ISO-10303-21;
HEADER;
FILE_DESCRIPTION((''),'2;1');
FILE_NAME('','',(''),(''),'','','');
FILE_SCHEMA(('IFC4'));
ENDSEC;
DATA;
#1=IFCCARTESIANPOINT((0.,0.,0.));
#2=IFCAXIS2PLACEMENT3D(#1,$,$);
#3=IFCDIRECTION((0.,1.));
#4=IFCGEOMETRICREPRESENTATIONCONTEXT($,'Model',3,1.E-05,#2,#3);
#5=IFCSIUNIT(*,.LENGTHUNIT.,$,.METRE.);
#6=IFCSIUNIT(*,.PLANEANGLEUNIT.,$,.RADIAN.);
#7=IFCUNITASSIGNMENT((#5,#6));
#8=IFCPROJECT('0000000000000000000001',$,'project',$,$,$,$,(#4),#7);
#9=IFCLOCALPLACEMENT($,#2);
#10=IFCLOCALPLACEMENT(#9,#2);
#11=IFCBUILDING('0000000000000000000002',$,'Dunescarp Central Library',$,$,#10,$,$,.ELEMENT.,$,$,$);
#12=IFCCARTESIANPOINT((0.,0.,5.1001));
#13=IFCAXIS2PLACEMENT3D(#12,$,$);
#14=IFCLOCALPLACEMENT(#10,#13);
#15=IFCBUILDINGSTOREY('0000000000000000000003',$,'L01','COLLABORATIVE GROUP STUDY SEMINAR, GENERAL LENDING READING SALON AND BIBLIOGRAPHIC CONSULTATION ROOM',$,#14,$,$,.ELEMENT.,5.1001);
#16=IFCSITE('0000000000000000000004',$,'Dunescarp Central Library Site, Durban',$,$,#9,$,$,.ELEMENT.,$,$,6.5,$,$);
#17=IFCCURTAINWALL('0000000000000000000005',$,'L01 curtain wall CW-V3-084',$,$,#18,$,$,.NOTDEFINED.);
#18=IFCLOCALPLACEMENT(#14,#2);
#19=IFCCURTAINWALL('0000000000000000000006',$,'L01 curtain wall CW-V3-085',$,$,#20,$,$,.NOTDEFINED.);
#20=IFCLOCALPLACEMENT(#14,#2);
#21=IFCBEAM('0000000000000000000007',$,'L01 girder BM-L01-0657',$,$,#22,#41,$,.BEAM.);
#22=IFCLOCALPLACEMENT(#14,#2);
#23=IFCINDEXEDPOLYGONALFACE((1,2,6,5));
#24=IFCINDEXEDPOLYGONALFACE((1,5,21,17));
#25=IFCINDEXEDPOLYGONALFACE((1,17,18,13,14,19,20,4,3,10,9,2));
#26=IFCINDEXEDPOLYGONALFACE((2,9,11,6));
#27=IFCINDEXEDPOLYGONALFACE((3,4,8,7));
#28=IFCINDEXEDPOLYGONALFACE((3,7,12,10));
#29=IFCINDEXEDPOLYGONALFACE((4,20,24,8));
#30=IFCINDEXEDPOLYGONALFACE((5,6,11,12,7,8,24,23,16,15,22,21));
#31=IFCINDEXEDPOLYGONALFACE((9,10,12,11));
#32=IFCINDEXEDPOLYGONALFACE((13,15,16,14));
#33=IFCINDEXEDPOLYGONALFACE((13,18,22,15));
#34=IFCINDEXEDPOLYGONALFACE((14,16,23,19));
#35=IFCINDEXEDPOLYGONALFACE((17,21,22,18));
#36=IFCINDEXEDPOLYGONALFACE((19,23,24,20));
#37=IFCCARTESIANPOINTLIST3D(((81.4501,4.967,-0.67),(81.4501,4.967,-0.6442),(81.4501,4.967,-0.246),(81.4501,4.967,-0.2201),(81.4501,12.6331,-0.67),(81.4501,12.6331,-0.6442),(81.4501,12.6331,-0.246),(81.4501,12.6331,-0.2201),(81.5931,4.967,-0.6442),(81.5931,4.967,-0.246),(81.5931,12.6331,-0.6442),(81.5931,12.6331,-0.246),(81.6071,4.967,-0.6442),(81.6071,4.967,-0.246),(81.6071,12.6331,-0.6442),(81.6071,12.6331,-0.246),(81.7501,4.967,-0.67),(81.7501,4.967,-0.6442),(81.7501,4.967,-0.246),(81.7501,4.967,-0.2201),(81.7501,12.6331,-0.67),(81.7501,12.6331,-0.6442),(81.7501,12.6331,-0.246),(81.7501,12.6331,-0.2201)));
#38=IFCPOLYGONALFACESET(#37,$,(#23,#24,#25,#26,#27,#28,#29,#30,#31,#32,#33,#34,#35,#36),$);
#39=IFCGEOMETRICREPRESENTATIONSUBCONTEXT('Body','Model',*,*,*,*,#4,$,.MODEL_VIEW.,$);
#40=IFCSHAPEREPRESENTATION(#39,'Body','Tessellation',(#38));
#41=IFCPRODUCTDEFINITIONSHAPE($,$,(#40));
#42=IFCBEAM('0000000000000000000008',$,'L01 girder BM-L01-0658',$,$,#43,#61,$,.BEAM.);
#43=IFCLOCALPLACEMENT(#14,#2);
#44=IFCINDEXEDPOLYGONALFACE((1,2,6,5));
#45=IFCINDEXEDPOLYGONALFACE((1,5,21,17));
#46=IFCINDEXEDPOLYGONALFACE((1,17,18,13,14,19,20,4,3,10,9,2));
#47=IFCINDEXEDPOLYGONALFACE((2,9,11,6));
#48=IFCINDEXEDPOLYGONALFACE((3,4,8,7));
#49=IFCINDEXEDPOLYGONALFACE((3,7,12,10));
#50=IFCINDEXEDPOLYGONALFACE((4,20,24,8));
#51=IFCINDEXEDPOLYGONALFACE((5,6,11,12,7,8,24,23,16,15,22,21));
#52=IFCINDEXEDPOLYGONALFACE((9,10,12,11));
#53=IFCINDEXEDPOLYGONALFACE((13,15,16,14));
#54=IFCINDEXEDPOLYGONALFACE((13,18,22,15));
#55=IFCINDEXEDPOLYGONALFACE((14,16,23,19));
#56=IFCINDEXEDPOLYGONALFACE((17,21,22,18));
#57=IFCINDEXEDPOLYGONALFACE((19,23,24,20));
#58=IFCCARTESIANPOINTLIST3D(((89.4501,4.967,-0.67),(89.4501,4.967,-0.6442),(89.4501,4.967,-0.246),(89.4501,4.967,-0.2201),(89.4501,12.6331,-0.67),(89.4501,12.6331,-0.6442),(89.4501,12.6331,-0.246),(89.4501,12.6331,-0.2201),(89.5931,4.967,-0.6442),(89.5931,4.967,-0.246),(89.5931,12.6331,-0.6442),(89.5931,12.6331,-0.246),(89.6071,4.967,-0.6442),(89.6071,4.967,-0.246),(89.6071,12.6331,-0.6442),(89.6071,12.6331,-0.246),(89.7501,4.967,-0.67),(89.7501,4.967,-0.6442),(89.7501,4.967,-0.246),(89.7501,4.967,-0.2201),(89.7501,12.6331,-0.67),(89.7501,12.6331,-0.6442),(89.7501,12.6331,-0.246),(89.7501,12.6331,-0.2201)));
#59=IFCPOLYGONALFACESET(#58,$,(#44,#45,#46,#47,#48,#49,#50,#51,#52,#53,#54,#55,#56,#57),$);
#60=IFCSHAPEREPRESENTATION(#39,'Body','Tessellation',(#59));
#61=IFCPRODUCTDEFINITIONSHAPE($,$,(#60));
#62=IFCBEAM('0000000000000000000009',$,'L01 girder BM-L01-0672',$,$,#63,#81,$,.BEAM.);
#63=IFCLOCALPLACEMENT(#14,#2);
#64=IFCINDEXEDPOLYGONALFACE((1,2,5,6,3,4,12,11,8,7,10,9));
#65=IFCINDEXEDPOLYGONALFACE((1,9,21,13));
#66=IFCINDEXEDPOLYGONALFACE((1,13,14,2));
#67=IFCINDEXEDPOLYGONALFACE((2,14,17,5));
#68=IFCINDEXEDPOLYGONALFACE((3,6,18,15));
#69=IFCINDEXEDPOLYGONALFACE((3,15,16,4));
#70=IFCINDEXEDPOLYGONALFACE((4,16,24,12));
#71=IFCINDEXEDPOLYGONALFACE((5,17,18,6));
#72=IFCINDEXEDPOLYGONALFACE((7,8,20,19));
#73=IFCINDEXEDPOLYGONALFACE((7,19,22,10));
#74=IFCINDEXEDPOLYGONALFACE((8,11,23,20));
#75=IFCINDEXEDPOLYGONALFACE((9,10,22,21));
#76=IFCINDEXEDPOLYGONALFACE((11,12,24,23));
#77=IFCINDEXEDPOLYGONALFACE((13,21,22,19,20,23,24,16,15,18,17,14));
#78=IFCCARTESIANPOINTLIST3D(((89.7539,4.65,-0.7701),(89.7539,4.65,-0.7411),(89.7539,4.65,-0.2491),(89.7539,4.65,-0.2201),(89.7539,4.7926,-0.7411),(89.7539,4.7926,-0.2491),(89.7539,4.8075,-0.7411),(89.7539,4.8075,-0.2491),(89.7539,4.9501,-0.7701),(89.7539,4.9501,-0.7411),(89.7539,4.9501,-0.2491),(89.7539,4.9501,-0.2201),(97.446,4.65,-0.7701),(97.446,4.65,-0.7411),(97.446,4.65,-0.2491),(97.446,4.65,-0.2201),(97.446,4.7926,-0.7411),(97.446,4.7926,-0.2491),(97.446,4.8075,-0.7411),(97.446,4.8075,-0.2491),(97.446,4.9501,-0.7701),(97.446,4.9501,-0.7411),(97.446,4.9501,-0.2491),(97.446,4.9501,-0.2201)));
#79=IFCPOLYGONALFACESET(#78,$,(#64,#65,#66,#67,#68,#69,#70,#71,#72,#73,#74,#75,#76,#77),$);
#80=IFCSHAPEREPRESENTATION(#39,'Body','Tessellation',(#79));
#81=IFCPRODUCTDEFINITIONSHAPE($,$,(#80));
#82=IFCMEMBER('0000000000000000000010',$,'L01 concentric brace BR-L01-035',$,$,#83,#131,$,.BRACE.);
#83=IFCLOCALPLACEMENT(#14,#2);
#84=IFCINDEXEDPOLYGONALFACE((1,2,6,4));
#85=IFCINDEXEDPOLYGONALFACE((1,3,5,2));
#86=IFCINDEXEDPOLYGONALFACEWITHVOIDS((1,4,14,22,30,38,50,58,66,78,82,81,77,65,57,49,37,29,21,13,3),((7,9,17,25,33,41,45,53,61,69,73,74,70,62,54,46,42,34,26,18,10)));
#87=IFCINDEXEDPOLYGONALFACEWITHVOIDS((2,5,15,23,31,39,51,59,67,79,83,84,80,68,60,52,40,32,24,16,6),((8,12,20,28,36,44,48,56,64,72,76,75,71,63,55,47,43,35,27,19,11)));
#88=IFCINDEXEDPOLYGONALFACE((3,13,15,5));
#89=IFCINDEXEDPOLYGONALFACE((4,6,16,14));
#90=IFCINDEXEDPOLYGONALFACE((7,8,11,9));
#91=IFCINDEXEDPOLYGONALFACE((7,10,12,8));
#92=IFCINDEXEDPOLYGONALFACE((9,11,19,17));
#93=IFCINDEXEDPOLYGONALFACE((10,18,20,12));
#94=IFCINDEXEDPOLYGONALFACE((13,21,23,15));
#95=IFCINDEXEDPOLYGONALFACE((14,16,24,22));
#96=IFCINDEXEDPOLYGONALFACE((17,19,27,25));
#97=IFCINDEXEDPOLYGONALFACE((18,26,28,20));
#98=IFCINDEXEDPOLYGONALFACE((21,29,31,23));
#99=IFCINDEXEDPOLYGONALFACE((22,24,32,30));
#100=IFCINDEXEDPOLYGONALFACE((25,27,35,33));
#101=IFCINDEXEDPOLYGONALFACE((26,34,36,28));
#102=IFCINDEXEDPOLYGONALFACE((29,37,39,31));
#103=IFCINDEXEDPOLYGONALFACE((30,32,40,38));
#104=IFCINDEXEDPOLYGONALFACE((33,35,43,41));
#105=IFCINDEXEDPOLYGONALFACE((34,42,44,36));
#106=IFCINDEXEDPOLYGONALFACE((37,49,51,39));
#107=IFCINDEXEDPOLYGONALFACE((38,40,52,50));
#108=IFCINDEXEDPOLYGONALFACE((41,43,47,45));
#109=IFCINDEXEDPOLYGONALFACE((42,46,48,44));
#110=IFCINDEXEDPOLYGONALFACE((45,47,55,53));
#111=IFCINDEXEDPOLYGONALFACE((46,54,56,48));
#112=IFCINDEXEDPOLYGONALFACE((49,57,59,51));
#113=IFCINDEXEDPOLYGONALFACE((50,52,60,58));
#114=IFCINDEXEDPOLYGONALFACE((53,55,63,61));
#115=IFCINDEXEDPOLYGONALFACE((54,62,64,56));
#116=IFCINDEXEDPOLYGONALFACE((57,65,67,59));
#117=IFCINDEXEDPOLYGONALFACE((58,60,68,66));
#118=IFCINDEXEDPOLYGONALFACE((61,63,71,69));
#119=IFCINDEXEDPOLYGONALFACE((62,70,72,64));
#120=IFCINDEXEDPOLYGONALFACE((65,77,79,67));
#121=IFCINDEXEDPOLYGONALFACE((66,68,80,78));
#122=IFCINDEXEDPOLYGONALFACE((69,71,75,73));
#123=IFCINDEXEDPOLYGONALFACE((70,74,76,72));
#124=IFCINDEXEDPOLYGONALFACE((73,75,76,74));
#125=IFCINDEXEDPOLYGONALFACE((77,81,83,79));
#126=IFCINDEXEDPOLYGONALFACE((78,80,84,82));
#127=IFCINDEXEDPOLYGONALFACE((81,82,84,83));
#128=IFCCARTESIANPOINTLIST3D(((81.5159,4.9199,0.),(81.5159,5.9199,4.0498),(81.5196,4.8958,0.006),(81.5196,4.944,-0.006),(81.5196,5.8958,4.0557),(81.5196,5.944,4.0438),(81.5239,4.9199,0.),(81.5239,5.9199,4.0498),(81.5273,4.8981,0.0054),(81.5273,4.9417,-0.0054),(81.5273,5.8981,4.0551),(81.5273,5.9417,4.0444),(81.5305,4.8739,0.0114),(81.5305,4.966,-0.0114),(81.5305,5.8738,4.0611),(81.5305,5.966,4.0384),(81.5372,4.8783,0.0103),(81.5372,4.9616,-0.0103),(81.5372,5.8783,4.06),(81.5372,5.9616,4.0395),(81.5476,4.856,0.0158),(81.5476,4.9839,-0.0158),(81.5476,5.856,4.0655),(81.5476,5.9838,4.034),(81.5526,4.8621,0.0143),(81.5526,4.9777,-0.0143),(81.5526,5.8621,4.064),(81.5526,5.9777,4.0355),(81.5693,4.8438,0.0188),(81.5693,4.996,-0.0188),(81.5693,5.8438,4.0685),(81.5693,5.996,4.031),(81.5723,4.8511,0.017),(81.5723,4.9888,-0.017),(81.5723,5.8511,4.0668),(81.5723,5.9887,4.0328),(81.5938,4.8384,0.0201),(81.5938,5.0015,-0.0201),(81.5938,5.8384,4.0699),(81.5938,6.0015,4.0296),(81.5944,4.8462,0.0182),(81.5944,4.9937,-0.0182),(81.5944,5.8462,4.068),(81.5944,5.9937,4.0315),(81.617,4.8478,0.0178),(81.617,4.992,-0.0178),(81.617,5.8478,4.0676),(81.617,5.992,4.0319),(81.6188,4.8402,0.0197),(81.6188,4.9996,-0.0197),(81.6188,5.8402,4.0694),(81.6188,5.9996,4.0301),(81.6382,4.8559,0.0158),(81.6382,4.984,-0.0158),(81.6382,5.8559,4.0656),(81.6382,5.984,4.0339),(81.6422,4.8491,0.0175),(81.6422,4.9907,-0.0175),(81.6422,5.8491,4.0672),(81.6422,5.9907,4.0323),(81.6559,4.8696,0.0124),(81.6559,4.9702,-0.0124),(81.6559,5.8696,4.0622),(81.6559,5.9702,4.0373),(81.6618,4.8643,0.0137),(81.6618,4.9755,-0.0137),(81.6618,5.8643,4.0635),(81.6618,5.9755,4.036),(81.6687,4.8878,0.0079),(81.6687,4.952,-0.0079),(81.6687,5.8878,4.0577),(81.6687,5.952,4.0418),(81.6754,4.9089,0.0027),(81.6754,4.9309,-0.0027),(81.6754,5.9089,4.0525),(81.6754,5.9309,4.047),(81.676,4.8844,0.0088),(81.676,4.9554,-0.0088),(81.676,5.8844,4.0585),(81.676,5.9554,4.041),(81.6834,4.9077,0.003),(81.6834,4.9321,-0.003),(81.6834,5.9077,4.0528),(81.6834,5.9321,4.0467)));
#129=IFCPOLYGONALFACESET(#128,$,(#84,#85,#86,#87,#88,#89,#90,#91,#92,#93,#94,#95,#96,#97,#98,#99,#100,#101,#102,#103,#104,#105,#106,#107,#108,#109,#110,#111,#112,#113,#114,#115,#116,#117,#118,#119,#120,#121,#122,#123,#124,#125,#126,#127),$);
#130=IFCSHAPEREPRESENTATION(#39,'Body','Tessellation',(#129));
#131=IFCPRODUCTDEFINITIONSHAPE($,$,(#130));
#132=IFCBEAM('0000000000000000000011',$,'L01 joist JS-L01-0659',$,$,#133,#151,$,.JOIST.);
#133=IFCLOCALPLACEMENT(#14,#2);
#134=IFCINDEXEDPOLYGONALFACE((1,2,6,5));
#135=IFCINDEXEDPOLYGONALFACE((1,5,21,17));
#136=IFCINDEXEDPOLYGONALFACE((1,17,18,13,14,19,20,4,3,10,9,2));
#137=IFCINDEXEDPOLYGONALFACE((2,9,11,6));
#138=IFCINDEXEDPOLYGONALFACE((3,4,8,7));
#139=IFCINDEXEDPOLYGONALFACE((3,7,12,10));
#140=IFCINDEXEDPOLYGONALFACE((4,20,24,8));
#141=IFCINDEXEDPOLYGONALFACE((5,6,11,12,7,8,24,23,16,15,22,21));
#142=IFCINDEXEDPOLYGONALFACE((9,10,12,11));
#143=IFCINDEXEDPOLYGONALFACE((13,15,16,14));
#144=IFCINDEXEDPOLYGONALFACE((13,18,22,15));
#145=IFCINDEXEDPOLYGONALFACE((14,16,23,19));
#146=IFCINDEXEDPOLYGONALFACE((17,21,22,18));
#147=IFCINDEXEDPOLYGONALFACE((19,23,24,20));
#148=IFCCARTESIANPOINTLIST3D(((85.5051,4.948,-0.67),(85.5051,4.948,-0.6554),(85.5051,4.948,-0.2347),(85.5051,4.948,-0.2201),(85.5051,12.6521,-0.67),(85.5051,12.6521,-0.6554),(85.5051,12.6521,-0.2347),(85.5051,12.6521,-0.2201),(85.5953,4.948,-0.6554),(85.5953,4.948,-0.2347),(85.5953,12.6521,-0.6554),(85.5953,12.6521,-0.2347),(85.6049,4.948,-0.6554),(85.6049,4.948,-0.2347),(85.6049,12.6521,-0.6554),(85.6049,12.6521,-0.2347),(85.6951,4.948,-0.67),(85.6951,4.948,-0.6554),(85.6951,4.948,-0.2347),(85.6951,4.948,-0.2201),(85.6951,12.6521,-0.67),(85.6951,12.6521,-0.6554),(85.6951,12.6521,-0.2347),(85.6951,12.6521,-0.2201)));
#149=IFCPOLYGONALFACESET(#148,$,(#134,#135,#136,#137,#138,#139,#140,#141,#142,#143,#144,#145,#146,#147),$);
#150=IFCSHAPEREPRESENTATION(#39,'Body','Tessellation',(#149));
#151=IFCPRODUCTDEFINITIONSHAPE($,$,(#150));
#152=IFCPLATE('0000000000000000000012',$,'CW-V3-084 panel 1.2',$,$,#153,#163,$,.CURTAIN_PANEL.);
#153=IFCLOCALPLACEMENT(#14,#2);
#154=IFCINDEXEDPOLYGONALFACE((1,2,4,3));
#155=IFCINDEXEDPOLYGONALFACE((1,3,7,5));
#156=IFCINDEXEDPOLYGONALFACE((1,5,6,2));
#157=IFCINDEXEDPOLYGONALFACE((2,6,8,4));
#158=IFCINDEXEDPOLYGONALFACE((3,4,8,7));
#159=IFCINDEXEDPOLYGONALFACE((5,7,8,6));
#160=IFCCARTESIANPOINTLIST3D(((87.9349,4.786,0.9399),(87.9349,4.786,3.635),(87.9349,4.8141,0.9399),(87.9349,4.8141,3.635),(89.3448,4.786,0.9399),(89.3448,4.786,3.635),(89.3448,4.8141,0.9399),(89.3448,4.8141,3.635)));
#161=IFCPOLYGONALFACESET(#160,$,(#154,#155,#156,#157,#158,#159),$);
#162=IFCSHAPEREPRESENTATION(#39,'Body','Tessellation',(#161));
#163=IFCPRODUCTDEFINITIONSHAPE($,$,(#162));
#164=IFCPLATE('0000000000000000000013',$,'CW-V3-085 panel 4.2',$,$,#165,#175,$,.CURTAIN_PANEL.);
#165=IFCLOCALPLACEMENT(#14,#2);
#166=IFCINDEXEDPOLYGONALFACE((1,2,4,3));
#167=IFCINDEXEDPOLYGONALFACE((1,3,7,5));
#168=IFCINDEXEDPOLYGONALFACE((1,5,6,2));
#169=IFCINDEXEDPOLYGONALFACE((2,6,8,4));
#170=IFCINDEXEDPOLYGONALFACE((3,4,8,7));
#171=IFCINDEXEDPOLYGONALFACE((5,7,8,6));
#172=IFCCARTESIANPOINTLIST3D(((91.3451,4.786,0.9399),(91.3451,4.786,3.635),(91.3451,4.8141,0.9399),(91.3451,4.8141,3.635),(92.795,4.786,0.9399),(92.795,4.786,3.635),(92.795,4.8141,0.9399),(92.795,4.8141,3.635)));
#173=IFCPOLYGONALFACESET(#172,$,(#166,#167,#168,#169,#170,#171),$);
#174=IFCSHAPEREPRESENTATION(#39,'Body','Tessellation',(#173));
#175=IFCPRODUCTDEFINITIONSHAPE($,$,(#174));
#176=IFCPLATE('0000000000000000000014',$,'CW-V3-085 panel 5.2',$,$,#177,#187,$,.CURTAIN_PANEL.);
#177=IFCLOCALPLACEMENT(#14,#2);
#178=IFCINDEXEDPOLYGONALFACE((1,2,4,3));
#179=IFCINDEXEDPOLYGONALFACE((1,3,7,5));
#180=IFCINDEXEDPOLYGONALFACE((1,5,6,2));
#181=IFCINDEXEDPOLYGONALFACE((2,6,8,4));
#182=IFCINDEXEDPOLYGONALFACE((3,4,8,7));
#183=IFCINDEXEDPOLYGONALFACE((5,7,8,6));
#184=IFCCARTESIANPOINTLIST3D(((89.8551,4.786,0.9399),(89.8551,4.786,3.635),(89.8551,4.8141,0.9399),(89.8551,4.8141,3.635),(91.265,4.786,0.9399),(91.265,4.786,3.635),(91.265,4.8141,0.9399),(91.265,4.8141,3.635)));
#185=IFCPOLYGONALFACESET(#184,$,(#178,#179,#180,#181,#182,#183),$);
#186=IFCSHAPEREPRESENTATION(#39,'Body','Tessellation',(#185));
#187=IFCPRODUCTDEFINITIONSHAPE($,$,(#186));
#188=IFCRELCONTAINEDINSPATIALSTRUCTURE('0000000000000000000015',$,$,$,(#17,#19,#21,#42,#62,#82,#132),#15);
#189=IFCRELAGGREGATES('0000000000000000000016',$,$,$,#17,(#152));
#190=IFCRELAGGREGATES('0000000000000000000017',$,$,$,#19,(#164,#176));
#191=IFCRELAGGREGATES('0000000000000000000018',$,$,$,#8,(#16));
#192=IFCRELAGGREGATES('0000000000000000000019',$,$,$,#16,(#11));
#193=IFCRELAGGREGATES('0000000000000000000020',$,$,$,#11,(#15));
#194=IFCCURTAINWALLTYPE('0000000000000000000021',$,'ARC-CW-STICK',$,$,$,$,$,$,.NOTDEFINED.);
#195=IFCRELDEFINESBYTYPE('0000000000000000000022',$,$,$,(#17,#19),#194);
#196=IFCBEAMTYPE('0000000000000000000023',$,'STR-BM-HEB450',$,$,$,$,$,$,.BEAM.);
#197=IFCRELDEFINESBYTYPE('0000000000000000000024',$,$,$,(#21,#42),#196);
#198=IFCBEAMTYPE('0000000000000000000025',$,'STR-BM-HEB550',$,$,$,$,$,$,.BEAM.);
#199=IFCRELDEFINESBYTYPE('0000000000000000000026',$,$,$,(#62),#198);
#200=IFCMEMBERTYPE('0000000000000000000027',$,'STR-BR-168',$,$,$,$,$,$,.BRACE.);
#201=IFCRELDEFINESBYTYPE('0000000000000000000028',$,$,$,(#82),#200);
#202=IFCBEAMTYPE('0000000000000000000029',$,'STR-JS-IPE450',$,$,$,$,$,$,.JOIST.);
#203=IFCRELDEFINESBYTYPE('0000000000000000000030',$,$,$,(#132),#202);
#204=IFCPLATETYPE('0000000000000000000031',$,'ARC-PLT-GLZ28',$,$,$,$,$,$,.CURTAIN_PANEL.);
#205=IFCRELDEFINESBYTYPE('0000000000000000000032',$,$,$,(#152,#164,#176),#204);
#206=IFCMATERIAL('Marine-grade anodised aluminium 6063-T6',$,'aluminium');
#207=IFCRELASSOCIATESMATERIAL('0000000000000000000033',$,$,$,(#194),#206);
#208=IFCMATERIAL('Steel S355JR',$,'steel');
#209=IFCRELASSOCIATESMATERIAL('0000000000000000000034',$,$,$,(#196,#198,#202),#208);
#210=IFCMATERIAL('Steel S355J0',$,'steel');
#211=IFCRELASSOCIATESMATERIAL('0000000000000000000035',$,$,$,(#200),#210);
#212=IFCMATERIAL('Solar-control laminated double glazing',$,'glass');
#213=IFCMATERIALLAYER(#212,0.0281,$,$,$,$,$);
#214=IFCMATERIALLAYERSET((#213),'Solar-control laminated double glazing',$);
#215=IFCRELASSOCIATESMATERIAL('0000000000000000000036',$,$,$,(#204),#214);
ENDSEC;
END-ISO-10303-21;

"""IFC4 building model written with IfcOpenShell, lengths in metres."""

from ifc_helpers import new_model, si_unit, direction, frame, origin, origin_2d, place, context, subcontext, project, spatial, rectangle, hollow_circle, i_section, extrude, material, layer, layer_set, material_profile, profile_set, type_object, element, aggregate, save


model = new_model("IFC4")

# Units and contexts
model_context = context("Model", 3, precision=1e-05, world=origin(), true_north=direction((0.0, 1.0)))
body_context = subcontext(model_context, "Body", "Model", "MODEL_VIEW")
ifc_project = project(units=[si_unit("LENGTHUNIT", "METRE"), si_unit("PLANEANGLEUNIT", "RADIAN")], contexts=[model_context])

# Site, building, storey
site_placement = place(None, origin())
site = spatial("IfcSite", under=ifc_project, at=site_placement, Name="Dunescarp Central Library Site, Durban", CompositionType="ELEMENT", RefElevation=6.5)
building_placement = place(site_placement, origin())
building = spatial("IfcBuilding", under=site, at=building_placement, Name="Dunescarp Central Library", CompositionType="ELEMENT")
storey_placement = place(building_placement, frame((0.0, 0.0, 5.1001)))
storey = spatial("IfcBuildingStorey", under=building, at=storey_placement, Name="L01", Description="COLLABORATIVE GROUP STUDY SEMINAR, GENERAL LENDING READING SALON AND BIBLIOGRAPHIC CONSULTATION ROOM", CompositionType="ELEMENT", Elevation=5.1001)

# Shared definitions
ifc_material_1 = material(Name="Steel S355JR", Category="steel")

# Curtain wall
ifc_material_2 = material(Name="Marine-grade anodised aluminium 6063-T6", Category="aluminium")
curtain_wall_type = type_object("IfcCurtainWallType", Name="ARC-CW-STICK", PredefinedType="NOTDEFINED", material=ifc_material_2)
curtain_wall_1_placement = place(storey_placement, origin())
curtain_wall_1 = element("IfcCurtainWall", 1, at=curtain_wall_1_placement, inside=storey, type_object=curtain_wall_type, Name="L01 curtain wall CW-V3-084", PredefinedType="NOTDEFINED")

# Curtain wall
curtain_wall_2_placement = place(storey_placement, origin())
curtain_wall_2 = element("IfcCurtainWall", 2, at=curtain_wall_2_placement, inside=storey, type_object=curtain_wall_type, Name="L01 curtain wall CW-V3-085", PredefinedType="NOTDEFINED")

# Beams
ifc_material_profile_1 = material_profile(ifc_material_1, i_section(OverallWidth=0.3, OverallDepth=0.45, WebThickness=0.0139, FlangeThickness=0.0259, at=origin_2d()), Name="HEB 450")
ifc_profile_set_1 = profile_set([ifc_material_profile_1], Name="Steel S355JR")
beam_type_1 = type_object("IfcBeamType", Name="STR-BM-HEB450", PredefinedType="BEAM", material=ifc_profile_set_1)
for number, where, z_axis, x_axis, name in (
    (3, (81.6001, 4.967, -0.4451), (0.0, 1.0, 0.0), (-1.0, 0.0, 0.0), "L01 girder BM-L01-0657"),
    (4, (89.6001, 4.967, -0.4451), (0.0, 1.0, 0.0), (-1.0, 0.0, 0.0), "L01 girder BM-L01-0658"),
):
    element("IfcBeam", number, at=place(storey_placement, frame(where, z_axis=z_axis, x_axis=x_axis)), inside=storey, type_object=beam_type_1, Name=name, PredefinedType="BEAM", context=body_context, shape_type="SweptSolid", body=[
        extrude(i_section(OverallWidth=0.3, OverallDepth=0.45, WebThickness=0.0139, FlangeThickness=0.0259, at=origin_2d()), origin(), (0.0, 0.0, 1.0), 7.666),
    ])
ifc_material_profile_2 = material_profile(ifc_material_1, i_section(OverallWidth=0.3, OverallDepth=0.55, WebThickness=0.0149, FlangeThickness=0.0291, at=origin_2d()), Name="HEB 550")
ifc_profile_set_2 = profile_set([ifc_material_profile_2], Name="Steel S355JR")
beam_type_2 = type_object("IfcBeamType", Name="STR-BM-HEB550", PredefinedType="BEAM", material=ifc_profile_set_2)
beam_1_placement = place(storey_placement, frame((89.7539, 4.8, -0.4951), z_axis=(1.0, 0.0, 0.0), x_axis=(0.0, 1.0, 0.0)))
element("IfcBeam", 5, at=beam_1_placement, inside=storey, type_object=beam_type_2, Name="L01 girder BM-L01-0672", PredefinedType="BEAM", context=body_context, shape_type="SweptSolid", body=[
    extrude(i_section(OverallWidth=0.3, OverallDepth=0.55, WebThickness=0.0149, FlangeThickness=0.0291, at=origin_2d()), origin(), (0.0, 0.0, 1.0), 7.6921),
])

# Member
ifc_material_3 = material(Name="Steel S355J0", Category="steel")
ifc_material_profile_3 = material_profile(ifc_material_3, hollow_circle(Radius=0.0842, WallThickness=0.0081, at=origin_2d()), Name="CHS 168.3x8")
ifc_profile_set_3 = profile_set([ifc_material_profile_3], Name="Steel S355J0")
member_type_1 = type_object("IfcMemberType", Name="STR-BR-168", PredefinedType="BRACE", material=ifc_profile_set_3)
member_1_placement = place(storey_placement, frame((81.6001, 4.9199, 0.0), z_axis=(0.0, 0.239725, 0.970841), x_axis=(-1.0, 0.0, 0.0)))
element("IfcMember", 6, at=member_1_placement, inside=storey, type_object=member_type_1, Name="L01 concentric brace BR-L01-035", PredefinedType="BRACE", context=body_context, shape_type="SweptSolid", body=[
    extrude(hollow_circle(Radius=0.0842, WallThickness=0.0081, at=origin_2d()), origin(), (0.0, 0.0, 1.0), 4.1714),
])

# Beam
ifc_material_profile_4 = material_profile(ifc_material_1, i_section(OverallWidth=0.1899, OverallDepth=0.45, WebThickness=0.0095, FlangeThickness=0.0146, at=origin_2d()), Name="IPE 450")
ifc_profile_set_4 = profile_set([ifc_material_profile_4], Name="Steel S355JR")
beam_type_3 = type_object("IfcBeamType", Name="STR-JS-IPE450", PredefinedType="JOIST", material=ifc_profile_set_4)
beam_2_placement = place(storey_placement, frame((85.6001, 4.948, -0.4451), z_axis=(0.0, 1.0, 0.0), x_axis=(-1.0, 0.0, 0.0)))
element("IfcBeam", 7, at=beam_2_placement, inside=storey, type_object=beam_type_3, Name="L01 joist JS-L01-0659", PredefinedType="JOIST", context=body_context, shape_type="SweptSolid", body=[
    extrude(i_section(OverallWidth=0.1899, OverallDepth=0.45, WebThickness=0.0095, FlangeThickness=0.0146, at=origin_2d()), origin(), (0.0, 0.0, 1.0), 7.7041),
])

# Plates
ifc_material_4 = material(Name="Solar-control laminated double glazing", Category="glass")
ifc_layer_1 = layer(ifc_material_4, 0.0281)
ifc_layer_set_1 = layer_set([ifc_layer_1], Name="Solar-control laminated double glazing")
plate_type_1 = type_object("IfcPlateType", Name="ARC-PLT-GLZ28", PredefinedType="CURTAIN_PANEL", material=ifc_layer_set_1)
plate_1_placement = place(storey_placement, frame((88.6399, 4.8, 0.9399), z_axis=(0.0, 0.0, 1.0), x_axis=(-1.0, 0.0, 0.0)))
plate_1 = element("IfcPlate", 8, at=plate_1_placement, type_object=plate_type_1, Name="CW-V3-084 panel 1.2", PredefinedType="CURTAIN_PANEL", context=body_context, shape_type="SweptSolid", body=[
    extrude(rectangle(XDim=1.4099, YDim=0.0281, at=origin_2d()), origin(), (0.0, 0.0, 1.0), 2.6951),
])
plate_2_placement = place(storey_placement, frame((92.0701, 4.8, 0.9399), z_axis=(0.0, 0.0, 1.0), x_axis=(-1.0, 0.0, 0.0)))
plate_2 = element("IfcPlate", 9, at=plate_2_placement, type_object=plate_type_1, Name="CW-V3-085 panel 4.2", PredefinedType="CURTAIN_PANEL", context=body_context, shape_type="SweptSolid", body=[
    extrude(rectangle(XDim=1.45, YDim=0.0281, at=origin_2d()), origin(), (0.0, 0.0, 1.0), 2.6951),
])
plate_3_placement = place(storey_placement, frame((90.5601, 4.8, 0.9399), z_axis=(0.0, 0.0, 1.0), x_axis=(-1.0, 0.0, 0.0)))
plate_3 = element("IfcPlate", 10, at=plate_3_placement, type_object=plate_type_1, Name="CW-V3-085 panel 5.2", PredefinedType="CURTAIN_PANEL", context=body_context, shape_type="SweptSolid", body=[
    extrude(rectangle(XDim=1.4099, YDim=0.0281, at=origin_2d()), origin(), (0.0, 0.0, 1.0), 2.6951),
])
aggregate(curtain_wall_1, [plate_1])
aggregate(curtain_wall_2, [plate_2, plate_3])

save(model, "model.ifc")
